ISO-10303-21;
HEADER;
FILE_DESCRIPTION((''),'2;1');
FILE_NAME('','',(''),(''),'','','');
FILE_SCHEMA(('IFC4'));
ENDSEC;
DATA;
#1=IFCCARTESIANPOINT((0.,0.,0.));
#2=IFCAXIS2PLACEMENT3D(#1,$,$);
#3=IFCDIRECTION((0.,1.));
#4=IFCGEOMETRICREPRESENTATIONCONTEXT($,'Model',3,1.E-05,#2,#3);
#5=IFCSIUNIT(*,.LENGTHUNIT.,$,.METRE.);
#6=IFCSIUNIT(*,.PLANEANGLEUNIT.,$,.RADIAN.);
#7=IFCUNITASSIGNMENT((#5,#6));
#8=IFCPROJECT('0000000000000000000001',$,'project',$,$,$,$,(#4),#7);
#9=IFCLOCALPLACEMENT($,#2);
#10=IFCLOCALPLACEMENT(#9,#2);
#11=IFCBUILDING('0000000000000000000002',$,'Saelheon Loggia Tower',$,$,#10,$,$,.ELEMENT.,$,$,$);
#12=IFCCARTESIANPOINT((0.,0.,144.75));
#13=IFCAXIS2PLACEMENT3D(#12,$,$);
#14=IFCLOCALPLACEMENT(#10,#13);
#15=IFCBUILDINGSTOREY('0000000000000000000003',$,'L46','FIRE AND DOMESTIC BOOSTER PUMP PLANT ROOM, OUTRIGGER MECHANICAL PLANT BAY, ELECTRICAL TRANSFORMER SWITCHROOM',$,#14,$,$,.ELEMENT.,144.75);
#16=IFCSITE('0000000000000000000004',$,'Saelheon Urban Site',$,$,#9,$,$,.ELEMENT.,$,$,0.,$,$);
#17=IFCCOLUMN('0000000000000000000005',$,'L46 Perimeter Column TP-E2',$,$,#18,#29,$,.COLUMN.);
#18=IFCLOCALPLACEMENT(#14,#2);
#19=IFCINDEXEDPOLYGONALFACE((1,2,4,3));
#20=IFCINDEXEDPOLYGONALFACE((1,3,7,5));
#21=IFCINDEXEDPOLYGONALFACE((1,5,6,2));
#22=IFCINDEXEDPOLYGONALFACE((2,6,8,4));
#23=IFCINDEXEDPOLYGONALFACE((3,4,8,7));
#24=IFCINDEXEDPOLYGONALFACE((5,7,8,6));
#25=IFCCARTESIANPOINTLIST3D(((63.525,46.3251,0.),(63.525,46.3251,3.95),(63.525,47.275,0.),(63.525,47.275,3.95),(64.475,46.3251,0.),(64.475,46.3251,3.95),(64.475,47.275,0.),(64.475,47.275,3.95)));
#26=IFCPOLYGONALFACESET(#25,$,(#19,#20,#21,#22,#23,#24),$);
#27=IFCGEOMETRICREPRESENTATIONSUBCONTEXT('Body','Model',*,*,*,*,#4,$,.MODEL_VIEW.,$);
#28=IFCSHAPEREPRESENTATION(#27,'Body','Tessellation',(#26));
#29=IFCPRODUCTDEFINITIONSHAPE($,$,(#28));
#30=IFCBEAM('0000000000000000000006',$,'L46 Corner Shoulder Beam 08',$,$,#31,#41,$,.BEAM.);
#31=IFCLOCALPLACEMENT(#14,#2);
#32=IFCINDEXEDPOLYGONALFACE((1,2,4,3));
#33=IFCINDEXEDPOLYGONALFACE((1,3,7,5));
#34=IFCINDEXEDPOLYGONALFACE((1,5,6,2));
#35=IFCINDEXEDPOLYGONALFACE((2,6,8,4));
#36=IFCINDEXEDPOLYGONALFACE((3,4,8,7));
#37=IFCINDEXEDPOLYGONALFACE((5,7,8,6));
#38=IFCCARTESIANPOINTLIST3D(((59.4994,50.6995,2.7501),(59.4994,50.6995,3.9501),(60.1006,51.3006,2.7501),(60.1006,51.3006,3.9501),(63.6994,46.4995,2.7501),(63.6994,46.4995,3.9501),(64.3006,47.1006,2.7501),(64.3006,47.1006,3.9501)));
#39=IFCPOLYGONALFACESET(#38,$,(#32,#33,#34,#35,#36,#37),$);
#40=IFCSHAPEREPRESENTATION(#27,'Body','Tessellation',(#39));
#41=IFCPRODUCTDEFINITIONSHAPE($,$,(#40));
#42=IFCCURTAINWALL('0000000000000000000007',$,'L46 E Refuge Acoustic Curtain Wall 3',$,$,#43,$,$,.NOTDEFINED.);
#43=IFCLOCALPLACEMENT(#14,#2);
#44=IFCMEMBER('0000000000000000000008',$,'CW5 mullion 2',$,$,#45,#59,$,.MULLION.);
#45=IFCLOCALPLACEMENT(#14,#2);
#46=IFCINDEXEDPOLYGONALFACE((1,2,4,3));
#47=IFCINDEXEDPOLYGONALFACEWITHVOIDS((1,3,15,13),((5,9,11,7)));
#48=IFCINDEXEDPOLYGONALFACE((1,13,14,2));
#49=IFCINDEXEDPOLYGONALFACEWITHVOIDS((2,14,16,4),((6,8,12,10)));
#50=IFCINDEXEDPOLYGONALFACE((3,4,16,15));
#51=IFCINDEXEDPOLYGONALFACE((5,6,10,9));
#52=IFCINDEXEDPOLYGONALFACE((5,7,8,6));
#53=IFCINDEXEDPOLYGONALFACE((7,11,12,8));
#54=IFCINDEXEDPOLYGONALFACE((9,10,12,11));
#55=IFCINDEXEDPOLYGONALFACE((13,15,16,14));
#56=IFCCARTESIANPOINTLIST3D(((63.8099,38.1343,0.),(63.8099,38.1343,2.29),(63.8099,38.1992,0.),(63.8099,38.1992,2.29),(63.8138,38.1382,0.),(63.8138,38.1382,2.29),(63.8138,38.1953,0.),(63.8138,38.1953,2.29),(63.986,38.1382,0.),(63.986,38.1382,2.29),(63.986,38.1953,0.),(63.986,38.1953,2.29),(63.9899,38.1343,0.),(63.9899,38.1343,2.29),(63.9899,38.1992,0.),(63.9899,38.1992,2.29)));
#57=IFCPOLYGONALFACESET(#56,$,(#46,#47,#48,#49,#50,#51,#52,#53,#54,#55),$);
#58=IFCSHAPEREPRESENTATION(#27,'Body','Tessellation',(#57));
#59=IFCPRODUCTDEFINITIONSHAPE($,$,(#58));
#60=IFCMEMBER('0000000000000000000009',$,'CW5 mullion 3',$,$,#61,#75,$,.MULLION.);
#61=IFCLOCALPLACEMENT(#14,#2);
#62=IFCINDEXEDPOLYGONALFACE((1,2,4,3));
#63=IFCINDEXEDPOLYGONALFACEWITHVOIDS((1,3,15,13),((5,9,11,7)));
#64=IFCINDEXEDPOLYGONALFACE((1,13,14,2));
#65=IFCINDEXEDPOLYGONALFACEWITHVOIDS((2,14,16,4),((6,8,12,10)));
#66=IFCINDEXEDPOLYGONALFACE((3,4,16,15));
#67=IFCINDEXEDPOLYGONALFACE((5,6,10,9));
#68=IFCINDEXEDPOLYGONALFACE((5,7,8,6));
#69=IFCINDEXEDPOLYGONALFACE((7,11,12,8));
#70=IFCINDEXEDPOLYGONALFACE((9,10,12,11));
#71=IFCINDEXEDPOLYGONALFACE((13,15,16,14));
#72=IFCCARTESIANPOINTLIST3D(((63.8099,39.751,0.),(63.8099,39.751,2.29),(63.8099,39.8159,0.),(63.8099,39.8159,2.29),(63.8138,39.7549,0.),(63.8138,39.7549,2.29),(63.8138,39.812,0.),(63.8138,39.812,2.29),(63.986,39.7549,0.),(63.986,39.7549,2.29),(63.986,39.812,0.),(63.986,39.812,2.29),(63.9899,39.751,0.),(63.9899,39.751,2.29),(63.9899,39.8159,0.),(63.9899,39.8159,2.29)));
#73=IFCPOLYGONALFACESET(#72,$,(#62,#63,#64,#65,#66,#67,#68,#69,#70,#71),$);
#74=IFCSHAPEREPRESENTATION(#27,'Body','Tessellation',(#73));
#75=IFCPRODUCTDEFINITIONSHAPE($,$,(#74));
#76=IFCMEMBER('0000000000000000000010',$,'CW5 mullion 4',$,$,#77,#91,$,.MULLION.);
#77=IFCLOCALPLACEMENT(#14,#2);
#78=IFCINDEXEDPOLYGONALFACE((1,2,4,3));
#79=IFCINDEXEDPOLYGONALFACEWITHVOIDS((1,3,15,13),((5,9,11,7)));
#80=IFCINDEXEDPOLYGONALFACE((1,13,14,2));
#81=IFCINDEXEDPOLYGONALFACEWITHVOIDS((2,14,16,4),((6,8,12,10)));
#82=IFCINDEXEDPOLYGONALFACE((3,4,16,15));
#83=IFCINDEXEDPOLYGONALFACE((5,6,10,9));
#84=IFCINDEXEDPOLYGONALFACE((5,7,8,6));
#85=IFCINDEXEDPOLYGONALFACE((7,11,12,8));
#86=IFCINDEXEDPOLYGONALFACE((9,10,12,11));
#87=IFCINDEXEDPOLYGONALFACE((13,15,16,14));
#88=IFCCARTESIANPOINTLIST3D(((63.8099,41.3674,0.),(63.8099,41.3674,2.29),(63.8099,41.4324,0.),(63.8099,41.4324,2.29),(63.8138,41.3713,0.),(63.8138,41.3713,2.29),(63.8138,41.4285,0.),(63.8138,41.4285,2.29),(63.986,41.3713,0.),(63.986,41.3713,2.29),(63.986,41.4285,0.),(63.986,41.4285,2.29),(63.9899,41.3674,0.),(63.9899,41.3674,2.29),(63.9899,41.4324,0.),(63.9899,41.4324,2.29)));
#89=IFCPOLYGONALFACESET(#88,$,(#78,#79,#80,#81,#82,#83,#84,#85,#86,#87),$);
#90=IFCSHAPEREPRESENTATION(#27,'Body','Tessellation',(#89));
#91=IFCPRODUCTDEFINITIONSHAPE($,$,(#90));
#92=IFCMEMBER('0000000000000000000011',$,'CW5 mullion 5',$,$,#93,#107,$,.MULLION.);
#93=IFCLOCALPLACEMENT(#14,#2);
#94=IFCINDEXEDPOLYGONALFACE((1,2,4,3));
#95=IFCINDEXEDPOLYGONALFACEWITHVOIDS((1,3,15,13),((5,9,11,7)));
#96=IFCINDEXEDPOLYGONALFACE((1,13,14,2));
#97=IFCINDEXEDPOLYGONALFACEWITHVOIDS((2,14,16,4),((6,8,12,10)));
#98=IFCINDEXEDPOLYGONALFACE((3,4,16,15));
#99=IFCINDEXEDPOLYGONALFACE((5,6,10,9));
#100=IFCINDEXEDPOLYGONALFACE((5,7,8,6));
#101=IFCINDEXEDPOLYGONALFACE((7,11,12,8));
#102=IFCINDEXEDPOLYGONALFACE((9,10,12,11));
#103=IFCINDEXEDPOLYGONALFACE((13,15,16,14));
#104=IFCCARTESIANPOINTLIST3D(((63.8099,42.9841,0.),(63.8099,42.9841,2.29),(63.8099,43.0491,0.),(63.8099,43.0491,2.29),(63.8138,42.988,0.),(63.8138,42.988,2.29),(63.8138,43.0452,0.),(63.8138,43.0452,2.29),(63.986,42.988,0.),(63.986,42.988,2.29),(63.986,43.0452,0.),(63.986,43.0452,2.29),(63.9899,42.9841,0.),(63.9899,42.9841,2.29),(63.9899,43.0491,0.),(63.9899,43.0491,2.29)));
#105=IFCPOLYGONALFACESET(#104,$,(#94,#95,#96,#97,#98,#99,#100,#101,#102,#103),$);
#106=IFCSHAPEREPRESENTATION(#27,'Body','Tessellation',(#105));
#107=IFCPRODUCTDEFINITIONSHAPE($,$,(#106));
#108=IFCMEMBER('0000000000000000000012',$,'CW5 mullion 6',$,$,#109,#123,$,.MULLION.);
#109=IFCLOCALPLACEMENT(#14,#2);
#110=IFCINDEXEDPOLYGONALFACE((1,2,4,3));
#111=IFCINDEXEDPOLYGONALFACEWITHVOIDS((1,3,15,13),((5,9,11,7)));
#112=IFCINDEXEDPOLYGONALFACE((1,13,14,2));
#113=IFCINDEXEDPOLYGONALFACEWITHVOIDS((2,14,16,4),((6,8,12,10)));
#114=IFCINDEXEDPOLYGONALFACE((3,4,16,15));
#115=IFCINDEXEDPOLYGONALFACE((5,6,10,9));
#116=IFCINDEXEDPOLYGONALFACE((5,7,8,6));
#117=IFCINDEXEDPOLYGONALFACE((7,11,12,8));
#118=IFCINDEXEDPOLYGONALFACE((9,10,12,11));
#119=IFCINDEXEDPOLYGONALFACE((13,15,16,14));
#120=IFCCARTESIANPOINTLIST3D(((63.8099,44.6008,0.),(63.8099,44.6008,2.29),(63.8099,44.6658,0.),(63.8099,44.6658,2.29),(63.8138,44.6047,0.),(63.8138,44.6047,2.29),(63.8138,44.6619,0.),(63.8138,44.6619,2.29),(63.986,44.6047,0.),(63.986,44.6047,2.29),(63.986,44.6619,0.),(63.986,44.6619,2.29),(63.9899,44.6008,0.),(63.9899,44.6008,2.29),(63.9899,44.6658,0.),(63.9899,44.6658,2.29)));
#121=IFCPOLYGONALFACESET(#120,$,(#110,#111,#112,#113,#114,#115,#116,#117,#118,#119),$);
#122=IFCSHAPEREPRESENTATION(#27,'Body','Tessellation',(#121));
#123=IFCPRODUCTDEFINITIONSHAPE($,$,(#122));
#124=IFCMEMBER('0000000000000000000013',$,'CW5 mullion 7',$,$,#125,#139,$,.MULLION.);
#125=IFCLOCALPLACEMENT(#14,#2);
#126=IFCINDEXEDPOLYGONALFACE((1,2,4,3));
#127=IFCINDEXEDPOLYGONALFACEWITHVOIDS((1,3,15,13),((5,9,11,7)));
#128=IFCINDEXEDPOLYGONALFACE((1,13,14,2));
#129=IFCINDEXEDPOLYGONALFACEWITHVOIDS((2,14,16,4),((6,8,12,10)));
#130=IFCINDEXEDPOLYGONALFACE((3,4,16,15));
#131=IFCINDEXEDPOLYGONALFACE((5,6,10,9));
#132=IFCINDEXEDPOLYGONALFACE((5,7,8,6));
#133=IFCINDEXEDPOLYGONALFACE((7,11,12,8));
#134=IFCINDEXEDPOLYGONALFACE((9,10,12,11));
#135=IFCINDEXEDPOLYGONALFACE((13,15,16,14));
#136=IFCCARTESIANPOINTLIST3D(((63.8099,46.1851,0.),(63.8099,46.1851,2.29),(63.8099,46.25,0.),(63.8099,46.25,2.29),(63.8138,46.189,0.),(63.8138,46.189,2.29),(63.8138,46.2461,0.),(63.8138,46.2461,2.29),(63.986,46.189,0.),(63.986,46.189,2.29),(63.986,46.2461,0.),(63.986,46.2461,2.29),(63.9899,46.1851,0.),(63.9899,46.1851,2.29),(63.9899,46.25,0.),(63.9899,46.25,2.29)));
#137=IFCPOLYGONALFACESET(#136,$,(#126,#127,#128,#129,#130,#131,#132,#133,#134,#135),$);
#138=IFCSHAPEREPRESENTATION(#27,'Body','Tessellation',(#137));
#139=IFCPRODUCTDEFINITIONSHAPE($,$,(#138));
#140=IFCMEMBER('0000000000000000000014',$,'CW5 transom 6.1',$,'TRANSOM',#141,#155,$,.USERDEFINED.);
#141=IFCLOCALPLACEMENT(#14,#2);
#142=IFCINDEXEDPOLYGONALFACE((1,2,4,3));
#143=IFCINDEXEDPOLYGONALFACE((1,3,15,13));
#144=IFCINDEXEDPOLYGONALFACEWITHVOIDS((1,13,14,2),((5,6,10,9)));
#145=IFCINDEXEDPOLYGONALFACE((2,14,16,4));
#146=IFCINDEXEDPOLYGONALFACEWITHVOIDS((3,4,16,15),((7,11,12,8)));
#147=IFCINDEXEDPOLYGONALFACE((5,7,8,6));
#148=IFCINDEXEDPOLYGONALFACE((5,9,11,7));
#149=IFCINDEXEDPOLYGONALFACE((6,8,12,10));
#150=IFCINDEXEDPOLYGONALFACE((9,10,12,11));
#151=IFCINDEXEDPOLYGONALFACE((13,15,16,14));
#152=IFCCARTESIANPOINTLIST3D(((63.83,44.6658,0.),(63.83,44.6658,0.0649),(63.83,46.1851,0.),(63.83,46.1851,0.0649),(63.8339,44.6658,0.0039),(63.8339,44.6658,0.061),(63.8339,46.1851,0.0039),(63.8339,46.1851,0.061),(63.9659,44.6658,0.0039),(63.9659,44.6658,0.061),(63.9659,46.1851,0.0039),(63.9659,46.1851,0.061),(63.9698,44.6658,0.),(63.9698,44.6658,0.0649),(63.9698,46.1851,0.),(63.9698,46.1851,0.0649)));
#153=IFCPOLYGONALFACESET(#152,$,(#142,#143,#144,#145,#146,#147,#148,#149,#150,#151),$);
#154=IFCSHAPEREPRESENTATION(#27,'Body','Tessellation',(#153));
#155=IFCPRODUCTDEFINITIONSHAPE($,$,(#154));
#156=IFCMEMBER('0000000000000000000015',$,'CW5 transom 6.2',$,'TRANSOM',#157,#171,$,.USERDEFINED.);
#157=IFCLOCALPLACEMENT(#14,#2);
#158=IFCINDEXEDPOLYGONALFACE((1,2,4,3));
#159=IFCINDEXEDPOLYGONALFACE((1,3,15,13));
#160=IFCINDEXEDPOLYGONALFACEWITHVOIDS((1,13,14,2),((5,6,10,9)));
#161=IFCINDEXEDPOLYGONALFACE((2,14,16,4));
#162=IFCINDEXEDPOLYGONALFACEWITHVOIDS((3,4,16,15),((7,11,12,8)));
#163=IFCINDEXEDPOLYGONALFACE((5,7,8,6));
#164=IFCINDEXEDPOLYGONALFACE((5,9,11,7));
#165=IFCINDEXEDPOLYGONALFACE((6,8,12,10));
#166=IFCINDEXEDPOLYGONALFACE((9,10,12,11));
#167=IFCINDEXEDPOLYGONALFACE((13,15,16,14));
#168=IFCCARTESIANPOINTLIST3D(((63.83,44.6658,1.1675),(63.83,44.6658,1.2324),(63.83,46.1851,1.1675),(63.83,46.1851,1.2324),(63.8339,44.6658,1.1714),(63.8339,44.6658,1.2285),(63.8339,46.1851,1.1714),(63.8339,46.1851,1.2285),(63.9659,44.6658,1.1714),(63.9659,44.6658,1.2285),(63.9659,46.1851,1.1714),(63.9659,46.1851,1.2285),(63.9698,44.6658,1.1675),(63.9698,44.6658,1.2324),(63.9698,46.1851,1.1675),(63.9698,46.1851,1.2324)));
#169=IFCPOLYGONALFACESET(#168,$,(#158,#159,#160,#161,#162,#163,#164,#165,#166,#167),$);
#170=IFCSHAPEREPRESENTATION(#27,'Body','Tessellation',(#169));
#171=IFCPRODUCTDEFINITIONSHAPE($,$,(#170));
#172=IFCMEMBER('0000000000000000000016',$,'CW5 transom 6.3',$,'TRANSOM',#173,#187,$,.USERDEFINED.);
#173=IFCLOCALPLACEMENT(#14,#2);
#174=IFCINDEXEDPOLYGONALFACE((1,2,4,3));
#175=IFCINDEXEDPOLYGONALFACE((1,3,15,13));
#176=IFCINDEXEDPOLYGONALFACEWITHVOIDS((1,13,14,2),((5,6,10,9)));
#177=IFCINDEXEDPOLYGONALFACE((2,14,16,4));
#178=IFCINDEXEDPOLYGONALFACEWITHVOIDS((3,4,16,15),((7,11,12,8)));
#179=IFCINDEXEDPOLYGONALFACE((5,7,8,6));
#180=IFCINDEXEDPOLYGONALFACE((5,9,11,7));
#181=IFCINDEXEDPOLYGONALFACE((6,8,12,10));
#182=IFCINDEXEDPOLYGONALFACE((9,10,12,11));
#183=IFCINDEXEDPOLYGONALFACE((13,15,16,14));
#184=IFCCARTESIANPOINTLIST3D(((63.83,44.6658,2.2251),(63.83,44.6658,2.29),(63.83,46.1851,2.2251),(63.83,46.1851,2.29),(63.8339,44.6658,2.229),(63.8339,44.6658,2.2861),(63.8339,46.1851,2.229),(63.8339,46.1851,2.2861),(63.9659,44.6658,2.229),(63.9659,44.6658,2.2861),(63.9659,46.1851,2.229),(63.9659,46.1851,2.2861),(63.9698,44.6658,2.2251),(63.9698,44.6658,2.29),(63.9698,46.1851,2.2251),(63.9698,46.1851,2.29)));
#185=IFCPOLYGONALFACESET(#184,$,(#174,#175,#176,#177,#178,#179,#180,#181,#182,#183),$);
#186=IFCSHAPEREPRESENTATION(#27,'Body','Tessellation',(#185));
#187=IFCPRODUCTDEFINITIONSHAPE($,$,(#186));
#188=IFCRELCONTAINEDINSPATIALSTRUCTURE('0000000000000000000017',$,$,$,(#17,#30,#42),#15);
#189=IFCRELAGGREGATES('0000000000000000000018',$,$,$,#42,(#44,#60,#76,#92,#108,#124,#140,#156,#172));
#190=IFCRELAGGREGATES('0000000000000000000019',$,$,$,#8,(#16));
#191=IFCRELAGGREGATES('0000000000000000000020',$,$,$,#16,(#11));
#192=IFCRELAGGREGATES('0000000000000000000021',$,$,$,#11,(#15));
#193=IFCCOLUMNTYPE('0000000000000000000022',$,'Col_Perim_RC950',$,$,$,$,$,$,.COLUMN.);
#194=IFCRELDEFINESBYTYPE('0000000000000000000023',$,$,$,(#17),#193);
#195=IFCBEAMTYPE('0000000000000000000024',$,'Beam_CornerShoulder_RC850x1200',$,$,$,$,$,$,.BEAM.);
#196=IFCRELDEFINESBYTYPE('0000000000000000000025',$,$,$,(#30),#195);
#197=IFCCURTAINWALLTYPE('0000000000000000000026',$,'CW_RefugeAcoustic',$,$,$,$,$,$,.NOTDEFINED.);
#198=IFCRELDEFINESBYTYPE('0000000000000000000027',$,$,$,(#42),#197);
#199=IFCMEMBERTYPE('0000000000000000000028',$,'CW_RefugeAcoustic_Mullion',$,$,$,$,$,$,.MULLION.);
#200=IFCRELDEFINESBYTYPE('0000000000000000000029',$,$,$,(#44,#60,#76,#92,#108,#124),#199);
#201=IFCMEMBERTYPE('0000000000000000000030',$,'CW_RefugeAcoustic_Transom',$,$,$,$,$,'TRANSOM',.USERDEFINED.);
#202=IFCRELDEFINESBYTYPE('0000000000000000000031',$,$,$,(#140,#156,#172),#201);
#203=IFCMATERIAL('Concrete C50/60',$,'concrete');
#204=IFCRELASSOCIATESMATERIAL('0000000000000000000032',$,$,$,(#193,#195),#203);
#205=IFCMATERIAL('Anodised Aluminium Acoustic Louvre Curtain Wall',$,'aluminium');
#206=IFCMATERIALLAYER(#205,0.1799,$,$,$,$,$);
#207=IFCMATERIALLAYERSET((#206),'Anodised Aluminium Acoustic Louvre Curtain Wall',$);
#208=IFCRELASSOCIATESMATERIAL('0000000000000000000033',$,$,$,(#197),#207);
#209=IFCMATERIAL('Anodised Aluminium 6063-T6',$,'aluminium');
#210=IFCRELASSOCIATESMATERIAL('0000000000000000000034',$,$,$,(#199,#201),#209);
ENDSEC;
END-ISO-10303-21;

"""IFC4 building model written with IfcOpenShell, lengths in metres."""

from ifc_helpers import new_model, si_unit, direction, frame, origin, origin_2d, place, context, subcontext, project, spatial, rectangle, hollow_rectangle, extrude, source, transform, mapped, material, layer, layer_set, material_profile, profile_set, type_object, element, aggregate, save


model = new_model("IFC4")

# Units and contexts
model_context = context("Model", 3, precision=1e-05, world=origin(), true_north=direction((0.0, 1.0)))
body_context = subcontext(model_context, "Body", "Model", "MODEL_VIEW")
ifc_project = project(units=[si_unit("LENGTHUNIT", "METRE"), si_unit("PLANEANGLEUNIT", "RADIAN")], contexts=[model_context])

# Site, building, storey
site_placement = place(None, origin())
site = spatial("IfcSite", under=ifc_project, at=site_placement, Name="Saelheon Urban Site", CompositionType="ELEMENT", RefElevation=0.0)
building_placement = place(site_placement, origin())
building = spatial("IfcBuilding", under=site, at=building_placement, Name="Saelheon Loggia Tower", CompositionType="ELEMENT")
storey_placement = place(building_placement, frame((0.0, 0.0, 144.75)))
storey = spatial("IfcBuildingStorey", under=building, at=storey_placement, Name="L46", Description="FIRE AND DOMESTIC BOOSTER PUMP PLANT ROOM, OUTRIGGER MECHANICAL PLANT BAY, ELECTRICAL TRANSFORMER SWITCHROOM", CompositionType="ELEMENT", Elevation=144.75)

# Column
ifc_material_1 = material(Name="Concrete C50/60", Category="concrete")
ifc_material_profile_1 = material_profile(ifc_material_1, rectangle(XDim=0.95, YDim=0.95, at=origin_2d()), Name="RC-950x950")
ifc_profile_set_1 = profile_set([ifc_material_profile_1], Name="Concrete C50/60")
column_type = type_object("IfcColumnType", Name="Col_Perim_RC950", PredefinedType="COLUMN", material=ifc_profile_set_1)
shared_shape_1 = source(origin(), body_context, "Body", "SweptSolid", [
    extrude(rectangle(XDim=0.95, YDim=0.95, at=origin_2d()), origin(), (0.0, 0.0, 1.0), 3.95),
])
column_placement = place(storey_placement, frame((64.0, 46.8, 0.0), z_axis=(0.0, 0.0, 1.0), x_axis=(1.0, 0.0, 0.0)))
element("IfcColumn", 1, at=column_placement, inside=storey, type_object=column_type, Name="L46 Perimeter Column TP-E2", PredefinedType="COLUMN", context=body_context, shape_type="MappedRepresentation", body=[
    mapped(shared_shape_1, transform((0.0, 0.0, 0.0), scale=1.0)),
])

# Beam
ifc_material_profile_2 = material_profile(ifc_material_1, rectangle(XDim=0.8501, YDim=1.2, at=origin_2d()), Name="RC-850x1200")
ifc_profile_set_2 = profile_set([ifc_material_profile_2], Name="Concrete C50/60")
beam_type = type_object("IfcBeamType", Name="Beam_CornerShoulder_RC850x1200", PredefinedType="BEAM", material=ifc_profile_set_2)
shared_shape_2 = source(origin(), body_context, "Body", "SweptSolid", [
    extrude(rectangle(XDim=0.8501, YDim=1.2, at=origin_2d()), origin(), (0.0, 0.0, 1.0), 5.9397),
])
beam_placement = place(storey_placement, frame((64.0, 46.8, 3.3501), z_axis=(-0.707107, 0.707107, 0.0), x_axis=(-0.707107, -0.707107, 0.0)))
element("IfcBeam", 2, at=beam_placement, inside=storey, type_object=beam_type, Name="L46 Corner Shoulder Beam 08", PredefinedType="BEAM", context=body_context, shape_type="MappedRepresentation", body=[
    mapped(shared_shape_2, transform((0.0, 0.0, 0.0), scale=1.0)),
])

# Curtain wall, members
ifc_material_2 = material(Name="Anodised Aluminium Acoustic Louvre Curtain Wall", Category="aluminium")
ifc_layer_1 = layer(ifc_material_2, 0.1799)
ifc_layer_set_1 = layer_set([ifc_layer_1], Name="Anodised Aluminium Acoustic Louvre Curtain Wall")
curtain_wall_type = type_object("IfcCurtainWallType", Name="CW_RefugeAcoustic", PredefinedType="NOTDEFINED", material=ifc_layer_set_1)
curtain_wall_placement = place(storey_placement, origin())
curtain_wall = element("IfcCurtainWall", 3, at=curtain_wall_placement, inside=storey, type_object=curtain_wall_type, Name="L46 E Refuge Acoustic Curtain Wall 3", PredefinedType="NOTDEFINED")
ifc_material_3 = material(Name="Anodised Aluminium 6063-T6", Category="aluminium")
ifc_material_profile_3 = material_profile(ifc_material_3, hollow_rectangle(XDim=0.0649, YDim=0.1799, WallThickness=0.0039, at=origin_2d()), Name="RHS-180x65x4")
ifc_profile_set_3 = profile_set([ifc_material_profile_3], Name="Anodised Aluminium 6063-T6")
member_type_1 = type_object("IfcMemberType", Name="CW_RefugeAcoustic_Mullion", PredefinedType="MULLION", material=ifc_profile_set_3)
shared_shape_3 = source(origin(), body_context, "Body", "SweptSolid", [
    extrude(hollow_rectangle(XDim=0.0649, YDim=0.1799, WallThickness=0.0039, at=origin_2d()), origin(), (0.0, 0.0, 1.0), 2.29),
])
member_1_placement = place(storey_placement, frame((63.8999, 38.1667, 0.0), z_axis=(0.0, 0.0, 1.0), x_axis=(0.0, 1.0, 0.0)))
member_1 = element("IfcMember", 4, at=member_1_placement, type_object=member_type_1, Name="CW5 mullion 2", PredefinedType="MULLION", context=body_context, shape_type="MappedRepresentation", body=[
    mapped(shared_shape_3, transform((0.0, 0.0, 0.0), scale=1.0)),
])
member_2_placement = place(storey_placement, frame((63.8999, 39.7834, 0.0), z_axis=(0.0, 0.0, 1.0), x_axis=(0.0, 1.0, 0.0)))
member_2 = element("IfcMember", 5, at=member_2_placement, type_object=member_type_1, Name="CW5 mullion 3", PredefinedType="MULLION", context=body_context, shape_type="MappedRepresentation", body=[
    mapped(shared_shape_3, transform((0.0, 0.0, 0.0), scale=1.0)),
])
member_3_placement = place(storey_placement, frame((63.8999, 41.3999, 0.0), z_axis=(0.0, 0.0, 1.0), x_axis=(0.0, 1.0, 0.0)))
member_3 = element("IfcMember", 6, at=member_3_placement, type_object=member_type_1, Name="CW5 mullion 4", PredefinedType="MULLION", context=body_context, shape_type="MappedRepresentation", body=[
    mapped(shared_shape_3, transform((0.0, 0.0, 0.0), scale=1.0)),
])
member_4_placement = place(storey_placement, frame((63.8999, 43.0166, 0.0), z_axis=(0.0, 0.0, 1.0), x_axis=(0.0, 1.0, 0.0)))
member_4 = element("IfcMember", 7, at=member_4_placement, type_object=member_type_1, Name="CW5 mullion 5", PredefinedType="MULLION", context=body_context, shape_type="MappedRepresentation", body=[
    mapped(shared_shape_3, transform((0.0, 0.0, 0.0), scale=1.0)),
])
member_5_placement = place(storey_placement, frame((63.8999, 44.6333, 0.0), z_axis=(0.0, 0.0, 1.0), x_axis=(0.0, 1.0, 0.0)))
member_5 = element("IfcMember", 8, at=member_5_placement, type_object=member_type_1, Name="CW5 mullion 6", PredefinedType="MULLION", context=body_context, shape_type="MappedRepresentation", body=[
    mapped(shared_shape_3, transform((0.0, 0.0, 0.0), scale=1.0)),
])
member_6_placement = place(storey_placement, frame((63.8999, 46.2175, 0.0), z_axis=(0.0, 0.0, 1.0), x_axis=(0.0, 1.0, 0.0)))
member_6 = element("IfcMember", 9, at=member_6_placement, type_object=member_type_1, Name="CW5 mullion 7", PredefinedType="MULLION", context=body_context, shape_type="MappedRepresentation", body=[
    mapped(shared_shape_3, transform((0.0, 0.0, 0.0), scale=1.0)),
])
ifc_material_profile_4 = material_profile(ifc_material_3, hollow_rectangle(XDim=0.0649, YDim=0.1399, WallThickness=0.0039, at=origin_2d()), Name="RHS-140x65x4")
ifc_profile_set_4 = profile_set([ifc_material_profile_4], Name="Anodised Aluminium 6063-T6")
member_type_2 = type_object("IfcMemberType", Name="CW_RefugeAcoustic_Transom", ElementType="TRANSOM", PredefinedType="USERDEFINED", material=ifc_profile_set_4)
shared_shape_4 = source(origin(), body_context, "Body", "SweptSolid", [
    extrude(hollow_rectangle(XDim=0.0649, YDim=0.1399, WallThickness=0.0039, at=origin_2d()), origin(), (0.0, 0.0, 1.0), 1.5193),
])
member_7_placement = place(storey_placement, frame((63.8999, 44.6658, 0.0325), z_axis=(0.0, 1.0, 0.0), x_axis=(0.0, 0.0, 1.0)))
member_7 = element("IfcMember", 10, at=member_7_placement, type_object=member_type_2, Name="CW5 transom 6.1", ObjectType="TRANSOM", PredefinedType="USERDEFINED", context=body_context, shape_type="MappedRepresentation", body=[
    mapped(shared_shape_4, transform((0.0, 0.0, 0.0), scale=1.0)),
])
member_8_placement = place(storey_placement, frame((63.8999, 44.6658, 1.2), z_axis=(0.0, 1.0, 0.0), x_axis=(0.0, 0.0, 1.0)))
member_8 = element("IfcMember", 11, at=member_8_placement, type_object=member_type_2, Name="CW5 transom 6.2", ObjectType="TRANSOM", PredefinedType="USERDEFINED", context=body_context, shape_type="MappedRepresentation", body=[
    mapped(shared_shape_4, transform((0.0, 0.0, 0.0), scale=1.0)),
])
member_9_placement = place(storey_placement, frame((63.8999, 44.6658, 2.2576), z_axis=(0.0, 1.0, 0.0), x_axis=(0.0, 0.0, 1.0)))
member_9 = element("IfcMember", 12, at=member_9_placement, type_object=member_type_2, Name="CW5 transom 6.3", ObjectType="TRANSOM", PredefinedType="USERDEFINED", context=body_context, shape_type="MappedRepresentation", body=[
    mapped(shared_shape_4, transform((0.0, 0.0, 0.0), scale=1.0)),
])
aggregate(curtain_wall, [member_1, member_2, member_3, member_4, member_5, member_6, member_7, member_8, member_9])

save(model, "model.ifc")
